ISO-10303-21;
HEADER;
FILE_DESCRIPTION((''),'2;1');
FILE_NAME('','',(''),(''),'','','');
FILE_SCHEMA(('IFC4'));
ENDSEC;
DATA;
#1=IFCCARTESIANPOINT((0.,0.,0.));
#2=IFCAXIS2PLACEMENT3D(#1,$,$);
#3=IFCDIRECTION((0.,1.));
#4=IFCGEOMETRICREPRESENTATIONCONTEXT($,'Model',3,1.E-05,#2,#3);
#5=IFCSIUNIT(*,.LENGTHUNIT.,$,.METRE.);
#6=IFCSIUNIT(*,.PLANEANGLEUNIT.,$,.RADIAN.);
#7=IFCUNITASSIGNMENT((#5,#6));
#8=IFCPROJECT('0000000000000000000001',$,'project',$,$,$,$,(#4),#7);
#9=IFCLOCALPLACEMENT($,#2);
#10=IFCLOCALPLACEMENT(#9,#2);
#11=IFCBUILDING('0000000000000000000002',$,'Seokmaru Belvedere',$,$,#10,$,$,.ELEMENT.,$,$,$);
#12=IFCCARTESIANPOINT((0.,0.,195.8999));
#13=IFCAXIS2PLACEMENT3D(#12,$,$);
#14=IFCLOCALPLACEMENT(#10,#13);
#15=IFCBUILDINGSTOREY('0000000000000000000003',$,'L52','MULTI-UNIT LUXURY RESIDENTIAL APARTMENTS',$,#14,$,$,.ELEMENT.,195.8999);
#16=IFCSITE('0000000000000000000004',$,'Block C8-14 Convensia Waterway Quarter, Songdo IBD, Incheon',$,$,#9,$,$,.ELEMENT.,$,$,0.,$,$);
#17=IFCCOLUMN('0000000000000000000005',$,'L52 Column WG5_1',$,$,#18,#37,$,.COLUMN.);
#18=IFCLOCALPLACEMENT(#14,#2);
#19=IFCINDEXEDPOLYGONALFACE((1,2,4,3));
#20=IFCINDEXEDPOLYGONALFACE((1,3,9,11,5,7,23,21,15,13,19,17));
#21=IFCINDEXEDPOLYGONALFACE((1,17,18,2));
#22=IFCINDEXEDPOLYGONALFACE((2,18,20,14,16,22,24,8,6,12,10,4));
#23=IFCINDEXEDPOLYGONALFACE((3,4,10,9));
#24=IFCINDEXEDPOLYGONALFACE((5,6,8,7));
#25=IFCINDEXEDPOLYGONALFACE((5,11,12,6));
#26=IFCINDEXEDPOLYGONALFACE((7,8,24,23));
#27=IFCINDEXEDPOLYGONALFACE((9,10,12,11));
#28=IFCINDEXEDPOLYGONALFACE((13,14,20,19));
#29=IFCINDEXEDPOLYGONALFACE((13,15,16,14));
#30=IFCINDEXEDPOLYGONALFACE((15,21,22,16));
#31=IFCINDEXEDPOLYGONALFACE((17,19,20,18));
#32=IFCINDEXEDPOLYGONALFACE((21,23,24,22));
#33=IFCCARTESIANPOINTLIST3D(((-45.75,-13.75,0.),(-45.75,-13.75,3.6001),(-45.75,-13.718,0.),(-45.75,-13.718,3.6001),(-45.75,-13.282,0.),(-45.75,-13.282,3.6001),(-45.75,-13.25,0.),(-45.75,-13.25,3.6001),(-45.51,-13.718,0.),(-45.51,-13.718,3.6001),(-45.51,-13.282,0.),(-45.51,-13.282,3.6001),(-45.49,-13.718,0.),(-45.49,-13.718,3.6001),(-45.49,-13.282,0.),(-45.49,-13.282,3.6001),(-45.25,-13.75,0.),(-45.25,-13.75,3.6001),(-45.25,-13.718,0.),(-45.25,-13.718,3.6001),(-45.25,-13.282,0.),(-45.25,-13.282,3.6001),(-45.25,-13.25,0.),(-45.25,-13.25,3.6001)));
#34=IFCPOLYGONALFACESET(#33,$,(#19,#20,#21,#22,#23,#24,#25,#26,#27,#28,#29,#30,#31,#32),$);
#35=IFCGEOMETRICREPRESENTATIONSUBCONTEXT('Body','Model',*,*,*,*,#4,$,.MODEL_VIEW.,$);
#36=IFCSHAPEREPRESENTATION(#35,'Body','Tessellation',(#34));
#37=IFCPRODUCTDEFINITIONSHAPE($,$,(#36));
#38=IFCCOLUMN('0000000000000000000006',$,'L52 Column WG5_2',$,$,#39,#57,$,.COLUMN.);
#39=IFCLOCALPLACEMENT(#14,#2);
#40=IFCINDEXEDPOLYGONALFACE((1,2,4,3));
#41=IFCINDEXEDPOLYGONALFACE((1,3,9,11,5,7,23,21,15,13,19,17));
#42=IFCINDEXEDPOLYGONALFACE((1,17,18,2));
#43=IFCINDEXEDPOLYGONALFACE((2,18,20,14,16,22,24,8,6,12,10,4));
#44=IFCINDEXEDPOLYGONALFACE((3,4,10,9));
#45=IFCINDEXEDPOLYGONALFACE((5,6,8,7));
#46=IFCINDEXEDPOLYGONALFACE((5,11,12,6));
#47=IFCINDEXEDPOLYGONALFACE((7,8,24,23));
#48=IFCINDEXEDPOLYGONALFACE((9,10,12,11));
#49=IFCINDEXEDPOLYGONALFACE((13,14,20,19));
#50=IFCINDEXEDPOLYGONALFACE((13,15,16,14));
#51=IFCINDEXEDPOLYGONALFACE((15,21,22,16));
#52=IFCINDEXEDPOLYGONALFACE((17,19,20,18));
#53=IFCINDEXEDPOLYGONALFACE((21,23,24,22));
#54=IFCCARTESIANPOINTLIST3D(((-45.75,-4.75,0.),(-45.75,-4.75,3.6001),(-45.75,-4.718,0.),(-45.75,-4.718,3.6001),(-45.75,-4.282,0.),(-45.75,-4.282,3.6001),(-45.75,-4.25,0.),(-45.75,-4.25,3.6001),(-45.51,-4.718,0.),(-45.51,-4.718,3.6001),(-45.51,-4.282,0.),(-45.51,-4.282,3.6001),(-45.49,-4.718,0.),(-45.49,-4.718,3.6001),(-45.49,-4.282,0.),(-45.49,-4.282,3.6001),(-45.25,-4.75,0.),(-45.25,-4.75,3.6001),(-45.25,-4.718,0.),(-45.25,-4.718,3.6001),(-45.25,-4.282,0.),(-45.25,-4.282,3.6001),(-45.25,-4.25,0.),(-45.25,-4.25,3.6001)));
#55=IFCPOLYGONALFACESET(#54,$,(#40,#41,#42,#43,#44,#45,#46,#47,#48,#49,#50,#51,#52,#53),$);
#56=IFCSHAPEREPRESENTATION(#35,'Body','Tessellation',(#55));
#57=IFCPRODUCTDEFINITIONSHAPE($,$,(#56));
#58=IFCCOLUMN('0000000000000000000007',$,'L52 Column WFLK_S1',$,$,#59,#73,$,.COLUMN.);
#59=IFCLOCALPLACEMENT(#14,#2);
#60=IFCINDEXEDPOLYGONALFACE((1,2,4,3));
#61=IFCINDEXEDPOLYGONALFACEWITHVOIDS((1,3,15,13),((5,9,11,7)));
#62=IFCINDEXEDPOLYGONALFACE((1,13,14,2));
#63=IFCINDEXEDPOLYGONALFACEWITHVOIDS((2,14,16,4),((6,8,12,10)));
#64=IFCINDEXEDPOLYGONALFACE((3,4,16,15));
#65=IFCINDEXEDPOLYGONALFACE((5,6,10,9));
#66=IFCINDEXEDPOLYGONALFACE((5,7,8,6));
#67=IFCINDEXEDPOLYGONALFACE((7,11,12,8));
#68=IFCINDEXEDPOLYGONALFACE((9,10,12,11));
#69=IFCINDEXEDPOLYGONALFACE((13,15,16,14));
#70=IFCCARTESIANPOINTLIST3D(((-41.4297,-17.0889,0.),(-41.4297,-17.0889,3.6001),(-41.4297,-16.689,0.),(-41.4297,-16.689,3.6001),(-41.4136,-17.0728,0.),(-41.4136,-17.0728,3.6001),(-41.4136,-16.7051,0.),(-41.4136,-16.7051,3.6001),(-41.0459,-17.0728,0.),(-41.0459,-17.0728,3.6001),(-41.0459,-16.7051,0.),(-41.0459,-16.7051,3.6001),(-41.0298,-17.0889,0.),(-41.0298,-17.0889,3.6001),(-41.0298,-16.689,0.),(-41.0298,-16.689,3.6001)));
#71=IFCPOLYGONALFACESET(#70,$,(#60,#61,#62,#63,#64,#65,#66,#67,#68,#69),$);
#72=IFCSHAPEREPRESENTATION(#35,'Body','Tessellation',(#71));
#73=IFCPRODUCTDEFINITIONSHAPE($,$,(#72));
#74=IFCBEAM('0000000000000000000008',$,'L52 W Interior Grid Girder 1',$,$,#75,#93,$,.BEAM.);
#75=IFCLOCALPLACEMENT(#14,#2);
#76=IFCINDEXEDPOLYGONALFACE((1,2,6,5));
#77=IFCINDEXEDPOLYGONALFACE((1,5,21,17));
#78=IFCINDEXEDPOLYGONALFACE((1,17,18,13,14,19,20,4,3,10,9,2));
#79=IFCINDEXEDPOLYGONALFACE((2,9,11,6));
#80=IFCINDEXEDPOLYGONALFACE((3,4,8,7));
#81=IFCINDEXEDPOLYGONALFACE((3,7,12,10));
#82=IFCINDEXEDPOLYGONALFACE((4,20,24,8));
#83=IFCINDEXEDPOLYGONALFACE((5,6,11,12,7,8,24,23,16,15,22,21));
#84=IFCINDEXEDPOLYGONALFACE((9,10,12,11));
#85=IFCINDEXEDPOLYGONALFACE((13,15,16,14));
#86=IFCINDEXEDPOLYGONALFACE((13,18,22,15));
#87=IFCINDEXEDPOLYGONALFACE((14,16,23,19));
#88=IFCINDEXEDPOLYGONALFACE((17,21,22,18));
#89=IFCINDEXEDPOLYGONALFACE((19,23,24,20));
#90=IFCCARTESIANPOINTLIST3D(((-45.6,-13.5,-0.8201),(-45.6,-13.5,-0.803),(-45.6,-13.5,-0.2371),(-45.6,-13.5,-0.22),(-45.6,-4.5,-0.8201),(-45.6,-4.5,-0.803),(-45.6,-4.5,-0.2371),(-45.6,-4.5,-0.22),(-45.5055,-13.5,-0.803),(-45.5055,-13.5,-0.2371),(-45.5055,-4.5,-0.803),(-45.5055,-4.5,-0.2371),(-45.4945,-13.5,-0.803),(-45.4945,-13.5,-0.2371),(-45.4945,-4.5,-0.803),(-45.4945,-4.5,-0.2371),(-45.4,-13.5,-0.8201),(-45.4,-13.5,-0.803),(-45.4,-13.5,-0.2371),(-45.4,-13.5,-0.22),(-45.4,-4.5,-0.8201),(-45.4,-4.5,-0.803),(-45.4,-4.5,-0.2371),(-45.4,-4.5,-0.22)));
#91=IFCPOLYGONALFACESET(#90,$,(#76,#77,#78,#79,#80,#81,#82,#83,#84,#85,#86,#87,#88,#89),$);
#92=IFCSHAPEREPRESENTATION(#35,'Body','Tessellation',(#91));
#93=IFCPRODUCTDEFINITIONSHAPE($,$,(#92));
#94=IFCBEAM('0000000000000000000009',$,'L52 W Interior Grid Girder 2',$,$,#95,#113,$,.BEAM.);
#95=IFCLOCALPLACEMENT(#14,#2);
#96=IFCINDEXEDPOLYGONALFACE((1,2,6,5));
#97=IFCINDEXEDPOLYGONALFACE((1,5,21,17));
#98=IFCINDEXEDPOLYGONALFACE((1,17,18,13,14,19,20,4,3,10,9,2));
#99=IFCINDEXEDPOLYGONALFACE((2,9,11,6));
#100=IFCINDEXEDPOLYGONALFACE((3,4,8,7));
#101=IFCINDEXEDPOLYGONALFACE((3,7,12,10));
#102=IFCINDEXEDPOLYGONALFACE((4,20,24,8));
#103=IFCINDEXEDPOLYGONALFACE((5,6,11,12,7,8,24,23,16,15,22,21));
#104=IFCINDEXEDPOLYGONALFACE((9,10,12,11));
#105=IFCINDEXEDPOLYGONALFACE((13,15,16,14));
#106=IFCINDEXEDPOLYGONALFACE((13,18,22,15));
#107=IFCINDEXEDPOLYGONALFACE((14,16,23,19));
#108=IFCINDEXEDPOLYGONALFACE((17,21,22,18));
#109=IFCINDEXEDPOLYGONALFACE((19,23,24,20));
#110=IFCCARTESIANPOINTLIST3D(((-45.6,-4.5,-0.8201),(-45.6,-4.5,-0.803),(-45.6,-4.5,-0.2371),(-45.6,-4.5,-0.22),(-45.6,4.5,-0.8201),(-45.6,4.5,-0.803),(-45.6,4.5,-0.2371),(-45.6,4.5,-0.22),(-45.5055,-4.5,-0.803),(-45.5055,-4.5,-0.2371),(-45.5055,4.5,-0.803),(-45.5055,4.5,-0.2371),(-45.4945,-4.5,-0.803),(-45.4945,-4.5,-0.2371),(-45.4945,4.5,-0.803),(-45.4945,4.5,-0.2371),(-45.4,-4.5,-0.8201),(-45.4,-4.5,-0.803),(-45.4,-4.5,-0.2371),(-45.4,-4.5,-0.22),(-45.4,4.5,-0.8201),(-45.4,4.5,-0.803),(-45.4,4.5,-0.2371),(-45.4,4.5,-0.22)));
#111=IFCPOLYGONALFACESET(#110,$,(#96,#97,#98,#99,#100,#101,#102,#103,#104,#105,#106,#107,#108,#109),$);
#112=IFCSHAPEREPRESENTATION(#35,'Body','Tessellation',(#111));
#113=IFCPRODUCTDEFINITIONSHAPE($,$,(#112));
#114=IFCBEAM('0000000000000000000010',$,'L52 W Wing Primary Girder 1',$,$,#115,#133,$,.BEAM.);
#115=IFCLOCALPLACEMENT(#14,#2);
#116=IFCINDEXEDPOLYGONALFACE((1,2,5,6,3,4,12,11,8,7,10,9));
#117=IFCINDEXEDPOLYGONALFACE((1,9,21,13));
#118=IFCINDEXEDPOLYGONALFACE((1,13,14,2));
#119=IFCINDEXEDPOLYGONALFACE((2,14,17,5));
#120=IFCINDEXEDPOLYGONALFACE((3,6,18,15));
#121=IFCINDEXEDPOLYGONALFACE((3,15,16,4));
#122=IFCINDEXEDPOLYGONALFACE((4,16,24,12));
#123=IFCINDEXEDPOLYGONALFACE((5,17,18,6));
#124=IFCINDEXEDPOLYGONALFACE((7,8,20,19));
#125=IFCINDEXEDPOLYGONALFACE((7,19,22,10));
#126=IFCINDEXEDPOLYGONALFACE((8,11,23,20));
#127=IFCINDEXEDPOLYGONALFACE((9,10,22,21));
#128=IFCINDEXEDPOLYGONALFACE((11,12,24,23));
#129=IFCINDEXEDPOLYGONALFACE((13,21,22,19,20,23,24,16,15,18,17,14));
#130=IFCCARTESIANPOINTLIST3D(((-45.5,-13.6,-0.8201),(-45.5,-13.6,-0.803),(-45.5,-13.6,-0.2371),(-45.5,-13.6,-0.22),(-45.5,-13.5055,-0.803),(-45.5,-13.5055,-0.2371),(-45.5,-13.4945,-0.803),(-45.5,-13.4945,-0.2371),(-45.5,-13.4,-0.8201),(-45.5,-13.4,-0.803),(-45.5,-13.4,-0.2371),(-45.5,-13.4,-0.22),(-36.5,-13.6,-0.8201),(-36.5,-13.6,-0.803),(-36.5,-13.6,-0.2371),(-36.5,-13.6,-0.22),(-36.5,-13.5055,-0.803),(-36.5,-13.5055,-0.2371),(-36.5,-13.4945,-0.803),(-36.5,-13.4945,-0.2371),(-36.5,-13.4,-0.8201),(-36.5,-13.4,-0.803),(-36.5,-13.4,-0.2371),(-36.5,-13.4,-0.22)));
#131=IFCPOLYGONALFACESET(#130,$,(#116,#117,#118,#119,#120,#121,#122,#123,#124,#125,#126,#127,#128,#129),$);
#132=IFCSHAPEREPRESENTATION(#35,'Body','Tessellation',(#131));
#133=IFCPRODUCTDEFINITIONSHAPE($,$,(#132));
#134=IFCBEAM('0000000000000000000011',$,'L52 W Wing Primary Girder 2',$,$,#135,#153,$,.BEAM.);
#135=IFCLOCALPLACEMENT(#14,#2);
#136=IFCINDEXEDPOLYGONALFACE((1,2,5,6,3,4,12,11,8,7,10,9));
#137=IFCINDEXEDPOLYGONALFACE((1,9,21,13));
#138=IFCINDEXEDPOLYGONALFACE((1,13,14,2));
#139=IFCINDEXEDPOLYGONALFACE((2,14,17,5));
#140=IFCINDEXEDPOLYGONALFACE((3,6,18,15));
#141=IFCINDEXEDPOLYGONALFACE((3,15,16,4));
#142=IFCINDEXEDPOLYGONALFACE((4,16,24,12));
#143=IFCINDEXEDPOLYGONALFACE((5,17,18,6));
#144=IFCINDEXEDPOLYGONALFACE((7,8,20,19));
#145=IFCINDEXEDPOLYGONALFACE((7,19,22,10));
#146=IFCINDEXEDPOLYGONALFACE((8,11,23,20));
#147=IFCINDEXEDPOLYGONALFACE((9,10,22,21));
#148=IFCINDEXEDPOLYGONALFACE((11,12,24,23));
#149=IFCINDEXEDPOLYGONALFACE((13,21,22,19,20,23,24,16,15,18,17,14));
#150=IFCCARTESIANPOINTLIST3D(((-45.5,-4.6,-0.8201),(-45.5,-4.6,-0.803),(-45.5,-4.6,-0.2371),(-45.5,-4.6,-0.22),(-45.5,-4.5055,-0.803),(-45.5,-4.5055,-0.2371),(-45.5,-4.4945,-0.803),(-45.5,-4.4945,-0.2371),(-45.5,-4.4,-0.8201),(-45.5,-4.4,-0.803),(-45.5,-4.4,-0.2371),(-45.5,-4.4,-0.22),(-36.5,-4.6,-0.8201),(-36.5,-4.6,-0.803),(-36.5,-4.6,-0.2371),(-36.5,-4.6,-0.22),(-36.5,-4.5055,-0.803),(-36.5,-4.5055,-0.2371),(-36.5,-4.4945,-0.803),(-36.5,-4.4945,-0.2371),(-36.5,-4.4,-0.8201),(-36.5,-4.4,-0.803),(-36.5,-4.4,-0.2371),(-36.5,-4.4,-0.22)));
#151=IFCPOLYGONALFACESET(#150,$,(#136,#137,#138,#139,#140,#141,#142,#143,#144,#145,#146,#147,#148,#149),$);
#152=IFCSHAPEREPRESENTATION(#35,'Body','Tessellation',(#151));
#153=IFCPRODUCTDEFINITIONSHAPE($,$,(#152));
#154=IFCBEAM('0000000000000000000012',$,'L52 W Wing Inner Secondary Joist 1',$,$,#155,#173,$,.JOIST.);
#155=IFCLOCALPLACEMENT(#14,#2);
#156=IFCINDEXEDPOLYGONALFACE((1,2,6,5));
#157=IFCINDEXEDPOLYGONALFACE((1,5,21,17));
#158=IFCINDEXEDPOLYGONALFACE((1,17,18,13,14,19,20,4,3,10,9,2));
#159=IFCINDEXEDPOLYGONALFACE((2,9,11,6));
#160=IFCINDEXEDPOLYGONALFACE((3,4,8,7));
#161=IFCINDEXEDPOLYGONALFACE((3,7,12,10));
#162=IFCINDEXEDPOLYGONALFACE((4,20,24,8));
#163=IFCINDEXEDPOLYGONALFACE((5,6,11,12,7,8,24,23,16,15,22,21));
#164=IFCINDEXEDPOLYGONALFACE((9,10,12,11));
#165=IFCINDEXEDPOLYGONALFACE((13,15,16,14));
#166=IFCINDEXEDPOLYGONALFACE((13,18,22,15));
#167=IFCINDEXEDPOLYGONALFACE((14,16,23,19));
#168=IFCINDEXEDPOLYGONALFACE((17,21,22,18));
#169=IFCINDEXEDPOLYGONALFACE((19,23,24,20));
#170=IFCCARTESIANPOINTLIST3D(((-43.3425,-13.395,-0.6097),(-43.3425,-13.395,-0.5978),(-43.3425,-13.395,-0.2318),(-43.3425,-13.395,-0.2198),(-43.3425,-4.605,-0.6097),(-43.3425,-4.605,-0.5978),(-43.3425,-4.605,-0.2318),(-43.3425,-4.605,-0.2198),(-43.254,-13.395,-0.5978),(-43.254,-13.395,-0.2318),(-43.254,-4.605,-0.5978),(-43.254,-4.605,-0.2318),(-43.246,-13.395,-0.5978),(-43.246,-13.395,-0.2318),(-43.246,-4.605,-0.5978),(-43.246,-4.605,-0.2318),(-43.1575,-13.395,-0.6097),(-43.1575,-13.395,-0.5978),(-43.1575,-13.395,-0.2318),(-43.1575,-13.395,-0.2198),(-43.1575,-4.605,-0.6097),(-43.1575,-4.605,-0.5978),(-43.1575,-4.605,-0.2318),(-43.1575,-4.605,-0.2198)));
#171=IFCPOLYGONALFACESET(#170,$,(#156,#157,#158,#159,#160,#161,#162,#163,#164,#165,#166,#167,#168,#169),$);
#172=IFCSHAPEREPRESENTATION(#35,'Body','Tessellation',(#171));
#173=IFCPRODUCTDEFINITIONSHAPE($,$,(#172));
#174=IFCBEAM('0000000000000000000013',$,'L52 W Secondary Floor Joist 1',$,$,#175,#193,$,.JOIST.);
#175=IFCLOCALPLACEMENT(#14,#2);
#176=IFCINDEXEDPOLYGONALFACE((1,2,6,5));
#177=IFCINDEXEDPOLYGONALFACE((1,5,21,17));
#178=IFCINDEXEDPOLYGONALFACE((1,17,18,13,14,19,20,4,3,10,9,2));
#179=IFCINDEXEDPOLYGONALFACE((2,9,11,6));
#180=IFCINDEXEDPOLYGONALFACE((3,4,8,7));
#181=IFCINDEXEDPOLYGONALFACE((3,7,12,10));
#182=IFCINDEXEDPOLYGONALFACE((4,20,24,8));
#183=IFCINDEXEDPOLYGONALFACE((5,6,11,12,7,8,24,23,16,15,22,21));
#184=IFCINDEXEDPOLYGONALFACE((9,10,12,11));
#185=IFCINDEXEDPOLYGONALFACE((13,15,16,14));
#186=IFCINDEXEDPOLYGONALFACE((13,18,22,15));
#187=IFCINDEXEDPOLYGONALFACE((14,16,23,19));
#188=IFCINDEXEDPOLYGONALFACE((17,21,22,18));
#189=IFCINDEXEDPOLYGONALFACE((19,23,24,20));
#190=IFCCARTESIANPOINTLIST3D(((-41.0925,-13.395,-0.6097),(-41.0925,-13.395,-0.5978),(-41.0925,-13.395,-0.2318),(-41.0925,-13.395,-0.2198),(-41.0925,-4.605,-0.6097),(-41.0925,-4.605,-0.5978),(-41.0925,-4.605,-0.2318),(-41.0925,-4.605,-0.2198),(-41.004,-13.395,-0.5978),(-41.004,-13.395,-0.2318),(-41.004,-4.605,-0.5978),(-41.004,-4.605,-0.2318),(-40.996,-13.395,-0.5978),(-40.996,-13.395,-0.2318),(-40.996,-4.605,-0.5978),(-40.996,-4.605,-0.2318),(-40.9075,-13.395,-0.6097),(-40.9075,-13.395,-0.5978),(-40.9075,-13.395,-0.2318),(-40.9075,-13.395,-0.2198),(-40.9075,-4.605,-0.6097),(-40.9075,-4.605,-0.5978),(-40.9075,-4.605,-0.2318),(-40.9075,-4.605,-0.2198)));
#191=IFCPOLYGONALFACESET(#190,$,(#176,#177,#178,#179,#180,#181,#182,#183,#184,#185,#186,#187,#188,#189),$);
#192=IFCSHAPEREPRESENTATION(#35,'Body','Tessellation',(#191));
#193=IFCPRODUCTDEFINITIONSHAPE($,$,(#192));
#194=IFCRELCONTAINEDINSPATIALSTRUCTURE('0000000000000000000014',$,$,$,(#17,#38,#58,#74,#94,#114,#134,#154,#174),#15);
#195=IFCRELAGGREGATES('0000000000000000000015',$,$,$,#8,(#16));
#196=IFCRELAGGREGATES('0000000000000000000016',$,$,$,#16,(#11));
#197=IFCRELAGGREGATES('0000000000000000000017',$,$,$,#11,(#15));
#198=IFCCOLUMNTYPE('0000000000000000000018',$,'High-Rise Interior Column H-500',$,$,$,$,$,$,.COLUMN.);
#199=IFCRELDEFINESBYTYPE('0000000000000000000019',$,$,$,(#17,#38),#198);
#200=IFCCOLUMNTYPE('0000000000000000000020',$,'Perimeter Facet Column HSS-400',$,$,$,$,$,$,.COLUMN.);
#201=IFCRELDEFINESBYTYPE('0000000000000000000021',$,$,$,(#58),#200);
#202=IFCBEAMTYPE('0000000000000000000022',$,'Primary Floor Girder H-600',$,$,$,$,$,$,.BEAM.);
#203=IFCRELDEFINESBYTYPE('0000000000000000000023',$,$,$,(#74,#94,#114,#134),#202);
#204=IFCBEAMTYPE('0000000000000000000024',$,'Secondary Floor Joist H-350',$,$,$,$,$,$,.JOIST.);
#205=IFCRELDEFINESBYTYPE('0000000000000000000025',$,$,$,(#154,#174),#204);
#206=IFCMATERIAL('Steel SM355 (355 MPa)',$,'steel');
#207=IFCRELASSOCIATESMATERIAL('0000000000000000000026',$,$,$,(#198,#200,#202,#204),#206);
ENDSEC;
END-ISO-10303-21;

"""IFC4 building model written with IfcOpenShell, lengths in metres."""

from ifc_helpers import new_model, si_unit, direction, frame, origin, origin_2d, place, context, subcontext, project, spatial, hollow_rectangle, i_section, extrude, source, transform, mapped, material, material_profile, profile_set, type_object, type_shapes, element, save


model = new_model("IFC4")

# Units and contexts
model_context = context("Model", 3, precision=1e-05, world=origin(), true_north=direction((0.0, 1.0)))
body_context = subcontext(model_context, "Body", "Model", "MODEL_VIEW")
ifc_project = project(units=[si_unit("LENGTHUNIT", "METRE"), si_unit("PLANEANGLEUNIT", "RADIAN")], contexts=[model_context])

# Site, building, storey
site_placement = place(None, origin())
site = spatial("IfcSite", under=ifc_project, at=site_placement, Name="Block C8-14 Convensia Waterway Quarter, Songdo IBD, Incheon", CompositionType="ELEMENT", RefElevation=0.0)
building_placement = place(site_placement, origin())
building = spatial("IfcBuilding", under=site, at=building_placement, Name="Seokmaru Belvedere", CompositionType="ELEMENT")
storey_placement = place(building_placement, frame((0.0, 0.0, 195.8999)))
storey = spatial("IfcBuildingStorey", under=building, at=storey_placement, Name="L52", Description="MULTI-UNIT LUXURY RESIDENTIAL APARTMENTS", CompositionType="ELEMENT", Elevation=195.8999)

# Columns
ifc_material_1 = material(Name="Steel SM355 (355 MPa)", Category="steel")
ifc_material_profile_1 = material_profile(ifc_material_1, i_section(OverallWidth=0.5, OverallDepth=0.5, WebThickness=0.02, FlangeThickness=0.032, at=origin_2d()), Name="H-500x500x20x32")
ifc_profile_set_1 = profile_set([ifc_material_profile_1], Name="Steel SM355 (355 MPa)")
column_type_1 = type_object("IfcColumnType", Name="High-Rise Interior Column H-500", PredefinedType="COLUMN", material=ifc_profile_set_1)
shared_shape_1 = source(origin(), body_context, "Body", "SweptSolid", [
    extrude(i_section(OverallWidth=0.5, OverallDepth=0.5, WebThickness=0.02, FlangeThickness=0.032, at=origin_2d()), origin(), (0.0, 0.0, 1.0), 3.6001),
])
type_shapes(column_type_1, [shared_shape_1])
for number, where, z_axis, x_axis, name in (
    (1, (-45.5, -13.5, 0.0), (0.0, 0.0, 1.0), (1.0, 0.0, 0.0), "L52 Column WG5_1"),
    (2, (-45.5, -4.5, 0.0), (0.0, 0.0, 1.0), (1.0, 0.0, 0.0), "L52 Column WG5_2"),
):
    element("IfcColumn", number, at=place(storey_placement, frame(where, z_axis=z_axis, x_axis=x_axis)), inside=storey, type_object=column_type_1, Name=name, PredefinedType="COLUMN", context=body_context, shape_type="MappedRepresentation", body=[
        mapped(shared_shape_1, transform((0.0, 0.0, 0.0), scale=1.0)),
    ])
ifc_material_profile_2 = material_profile(ifc_material_1, hollow_rectangle(XDim=0.3999, YDim=0.3999, WallThickness=0.0161, at=origin_2d()), Name="HSS-400x400x16")
ifc_profile_set_2 = profile_set([ifc_material_profile_2], Name="Steel SM355 (355 MPa)")
column_type_2 = type_object("IfcColumnType", Name="Perimeter Facet Column HSS-400", PredefinedType="COLUMN", material=ifc_profile_set_2)
shared_shape_2 = source(origin(), body_context, "Body", "SweptSolid", [
    extrude(hollow_rectangle(XDim=0.3999, YDim=0.3999, WallThickness=0.0161, at=origin_2d()), origin(), (0.0, 0.0, 1.0), 3.6001),
])
type_shapes(column_type_2, [shared_shape_2])
column_placement = place(storey_placement, frame((-41.2297, -16.8889, 0.0), z_axis=(0.0, 0.0, 1.0), x_axis=(1.0, 0.0, 0.0)))
element("IfcColumn", 3, at=column_placement, inside=storey, type_object=column_type_2, Name="L52 Column WFLK_S1", PredefinedType="COLUMN", context=body_context, shape_type="MappedRepresentation", body=[
    mapped(shared_shape_2, transform((0.0, 0.0, 0.0), scale=1.0)),
])

# Beams
ifc_material_profile_3 = material_profile(ifc_material_1, i_section(OverallWidth=0.2, OverallDepth=0.6001, WebThickness=0.011, FlangeThickness=0.0171, at=origin_2d()), Name="H-600x200x11x17")
ifc_profile_set_3 = profile_set([ifc_material_profile_3], Name="Steel SM355 (355 MPa)")
beam_type_1 = type_object("IfcBeamType", Name="Primary Floor Girder H-600", PredefinedType="BEAM", material=ifc_profile_set_3)
shared_shape_3 = source(origin(), body_context, "Body", "SweptSolid", [
    extrude(i_section(OverallWidth=0.2, OverallDepth=0.6001, WebThickness=0.011, FlangeThickness=0.0171, at=origin_2d()), origin(), (0.0, 0.0, 1.0), 9.0),
])
type_shapes(beam_type_1, [shared_shape_3])
for number, where, z_axis, x_axis, name in (
    (4, (-45.5, -13.5, -0.52), (0.0, 1.0, 0.0), (-1.0, 0.0, 0.0), "L52 W Interior Grid Girder 1"),
    (5, (-45.5, -4.5, -0.52), (0.0, 1.0, 0.0), (-1.0, 0.0, 0.0), "L52 W Interior Grid Girder 2"),
    (6, (-45.5, -13.5, -0.52), (1.0, 0.0, 0.0), (0.0, 1.0, 0.0), "L52 W Wing Primary Girder 1"),
    (7, (-45.5, -4.5, -0.52), (1.0, 0.0, 0.0), (0.0, 1.0, 0.0), "L52 W Wing Primary Girder 2"),
):
    element("IfcBeam", number, at=place(storey_placement, frame(where, z_axis=z_axis, x_axis=x_axis)), inside=storey, type_object=beam_type_1, Name=name, PredefinedType="BEAM", context=body_context, shape_type="MappedRepresentation", body=[
        mapped(shared_shape_3, transform((0.0, 0.0, 0.0), scale=1.0)),
    ])
ifc_material_profile_4 = material_profile(ifc_material_1, i_section(OverallWidth=0.1851, OverallDepth=0.3899, WebThickness=0.0081, FlangeThickness=0.012, at=origin_2d()), Name="H-390x185x8x12")
ifc_profile_set_4 = profile_set([ifc_material_profile_4], Name="Steel SM355 (355 MPa)")
beam_type_2 = type_object("IfcBeamType", Name="Secondary Floor Joist H-350", PredefinedType="JOIST", material=ifc_profile_set_4)
shared_shape_4 = source(origin(), body_context, "Body", "SweptSolid", [
    extrude(i_section(OverallWidth=0.1851, OverallDepth=0.3899, WebThickness=0.0081, FlangeThickness=0.012, at=origin_2d()), origin(), (0.0, 0.0, 1.0), 8.79),
])
type_shapes(beam_type_2, [shared_shape_4])
for number, where, z_axis, x_axis, name in (
    (8, (-43.25, -13.395, -0.4148), (0.0, 1.0, 0.0), (-1.0, 0.0, 0.0), "L52 W Wing Inner Secondary Joist 1"),
    (9, (-41.0, -13.395, -0.4148), (0.0, 1.0, 0.0), (-1.0, 0.0, 0.0), "L52 W Secondary Floor Joist 1"),
):
    element("IfcBeam", number, at=place(storey_placement, frame(where, z_axis=z_axis, x_axis=x_axis)), inside=storey, type_object=beam_type_2, Name=name, PredefinedType="JOIST", context=body_context, shape_type="MappedRepresentation", body=[
        mapped(shared_shape_4, transform((0.0, 0.0, 0.0), scale=1.0)),
    ])

save(model, "model.ifc")
